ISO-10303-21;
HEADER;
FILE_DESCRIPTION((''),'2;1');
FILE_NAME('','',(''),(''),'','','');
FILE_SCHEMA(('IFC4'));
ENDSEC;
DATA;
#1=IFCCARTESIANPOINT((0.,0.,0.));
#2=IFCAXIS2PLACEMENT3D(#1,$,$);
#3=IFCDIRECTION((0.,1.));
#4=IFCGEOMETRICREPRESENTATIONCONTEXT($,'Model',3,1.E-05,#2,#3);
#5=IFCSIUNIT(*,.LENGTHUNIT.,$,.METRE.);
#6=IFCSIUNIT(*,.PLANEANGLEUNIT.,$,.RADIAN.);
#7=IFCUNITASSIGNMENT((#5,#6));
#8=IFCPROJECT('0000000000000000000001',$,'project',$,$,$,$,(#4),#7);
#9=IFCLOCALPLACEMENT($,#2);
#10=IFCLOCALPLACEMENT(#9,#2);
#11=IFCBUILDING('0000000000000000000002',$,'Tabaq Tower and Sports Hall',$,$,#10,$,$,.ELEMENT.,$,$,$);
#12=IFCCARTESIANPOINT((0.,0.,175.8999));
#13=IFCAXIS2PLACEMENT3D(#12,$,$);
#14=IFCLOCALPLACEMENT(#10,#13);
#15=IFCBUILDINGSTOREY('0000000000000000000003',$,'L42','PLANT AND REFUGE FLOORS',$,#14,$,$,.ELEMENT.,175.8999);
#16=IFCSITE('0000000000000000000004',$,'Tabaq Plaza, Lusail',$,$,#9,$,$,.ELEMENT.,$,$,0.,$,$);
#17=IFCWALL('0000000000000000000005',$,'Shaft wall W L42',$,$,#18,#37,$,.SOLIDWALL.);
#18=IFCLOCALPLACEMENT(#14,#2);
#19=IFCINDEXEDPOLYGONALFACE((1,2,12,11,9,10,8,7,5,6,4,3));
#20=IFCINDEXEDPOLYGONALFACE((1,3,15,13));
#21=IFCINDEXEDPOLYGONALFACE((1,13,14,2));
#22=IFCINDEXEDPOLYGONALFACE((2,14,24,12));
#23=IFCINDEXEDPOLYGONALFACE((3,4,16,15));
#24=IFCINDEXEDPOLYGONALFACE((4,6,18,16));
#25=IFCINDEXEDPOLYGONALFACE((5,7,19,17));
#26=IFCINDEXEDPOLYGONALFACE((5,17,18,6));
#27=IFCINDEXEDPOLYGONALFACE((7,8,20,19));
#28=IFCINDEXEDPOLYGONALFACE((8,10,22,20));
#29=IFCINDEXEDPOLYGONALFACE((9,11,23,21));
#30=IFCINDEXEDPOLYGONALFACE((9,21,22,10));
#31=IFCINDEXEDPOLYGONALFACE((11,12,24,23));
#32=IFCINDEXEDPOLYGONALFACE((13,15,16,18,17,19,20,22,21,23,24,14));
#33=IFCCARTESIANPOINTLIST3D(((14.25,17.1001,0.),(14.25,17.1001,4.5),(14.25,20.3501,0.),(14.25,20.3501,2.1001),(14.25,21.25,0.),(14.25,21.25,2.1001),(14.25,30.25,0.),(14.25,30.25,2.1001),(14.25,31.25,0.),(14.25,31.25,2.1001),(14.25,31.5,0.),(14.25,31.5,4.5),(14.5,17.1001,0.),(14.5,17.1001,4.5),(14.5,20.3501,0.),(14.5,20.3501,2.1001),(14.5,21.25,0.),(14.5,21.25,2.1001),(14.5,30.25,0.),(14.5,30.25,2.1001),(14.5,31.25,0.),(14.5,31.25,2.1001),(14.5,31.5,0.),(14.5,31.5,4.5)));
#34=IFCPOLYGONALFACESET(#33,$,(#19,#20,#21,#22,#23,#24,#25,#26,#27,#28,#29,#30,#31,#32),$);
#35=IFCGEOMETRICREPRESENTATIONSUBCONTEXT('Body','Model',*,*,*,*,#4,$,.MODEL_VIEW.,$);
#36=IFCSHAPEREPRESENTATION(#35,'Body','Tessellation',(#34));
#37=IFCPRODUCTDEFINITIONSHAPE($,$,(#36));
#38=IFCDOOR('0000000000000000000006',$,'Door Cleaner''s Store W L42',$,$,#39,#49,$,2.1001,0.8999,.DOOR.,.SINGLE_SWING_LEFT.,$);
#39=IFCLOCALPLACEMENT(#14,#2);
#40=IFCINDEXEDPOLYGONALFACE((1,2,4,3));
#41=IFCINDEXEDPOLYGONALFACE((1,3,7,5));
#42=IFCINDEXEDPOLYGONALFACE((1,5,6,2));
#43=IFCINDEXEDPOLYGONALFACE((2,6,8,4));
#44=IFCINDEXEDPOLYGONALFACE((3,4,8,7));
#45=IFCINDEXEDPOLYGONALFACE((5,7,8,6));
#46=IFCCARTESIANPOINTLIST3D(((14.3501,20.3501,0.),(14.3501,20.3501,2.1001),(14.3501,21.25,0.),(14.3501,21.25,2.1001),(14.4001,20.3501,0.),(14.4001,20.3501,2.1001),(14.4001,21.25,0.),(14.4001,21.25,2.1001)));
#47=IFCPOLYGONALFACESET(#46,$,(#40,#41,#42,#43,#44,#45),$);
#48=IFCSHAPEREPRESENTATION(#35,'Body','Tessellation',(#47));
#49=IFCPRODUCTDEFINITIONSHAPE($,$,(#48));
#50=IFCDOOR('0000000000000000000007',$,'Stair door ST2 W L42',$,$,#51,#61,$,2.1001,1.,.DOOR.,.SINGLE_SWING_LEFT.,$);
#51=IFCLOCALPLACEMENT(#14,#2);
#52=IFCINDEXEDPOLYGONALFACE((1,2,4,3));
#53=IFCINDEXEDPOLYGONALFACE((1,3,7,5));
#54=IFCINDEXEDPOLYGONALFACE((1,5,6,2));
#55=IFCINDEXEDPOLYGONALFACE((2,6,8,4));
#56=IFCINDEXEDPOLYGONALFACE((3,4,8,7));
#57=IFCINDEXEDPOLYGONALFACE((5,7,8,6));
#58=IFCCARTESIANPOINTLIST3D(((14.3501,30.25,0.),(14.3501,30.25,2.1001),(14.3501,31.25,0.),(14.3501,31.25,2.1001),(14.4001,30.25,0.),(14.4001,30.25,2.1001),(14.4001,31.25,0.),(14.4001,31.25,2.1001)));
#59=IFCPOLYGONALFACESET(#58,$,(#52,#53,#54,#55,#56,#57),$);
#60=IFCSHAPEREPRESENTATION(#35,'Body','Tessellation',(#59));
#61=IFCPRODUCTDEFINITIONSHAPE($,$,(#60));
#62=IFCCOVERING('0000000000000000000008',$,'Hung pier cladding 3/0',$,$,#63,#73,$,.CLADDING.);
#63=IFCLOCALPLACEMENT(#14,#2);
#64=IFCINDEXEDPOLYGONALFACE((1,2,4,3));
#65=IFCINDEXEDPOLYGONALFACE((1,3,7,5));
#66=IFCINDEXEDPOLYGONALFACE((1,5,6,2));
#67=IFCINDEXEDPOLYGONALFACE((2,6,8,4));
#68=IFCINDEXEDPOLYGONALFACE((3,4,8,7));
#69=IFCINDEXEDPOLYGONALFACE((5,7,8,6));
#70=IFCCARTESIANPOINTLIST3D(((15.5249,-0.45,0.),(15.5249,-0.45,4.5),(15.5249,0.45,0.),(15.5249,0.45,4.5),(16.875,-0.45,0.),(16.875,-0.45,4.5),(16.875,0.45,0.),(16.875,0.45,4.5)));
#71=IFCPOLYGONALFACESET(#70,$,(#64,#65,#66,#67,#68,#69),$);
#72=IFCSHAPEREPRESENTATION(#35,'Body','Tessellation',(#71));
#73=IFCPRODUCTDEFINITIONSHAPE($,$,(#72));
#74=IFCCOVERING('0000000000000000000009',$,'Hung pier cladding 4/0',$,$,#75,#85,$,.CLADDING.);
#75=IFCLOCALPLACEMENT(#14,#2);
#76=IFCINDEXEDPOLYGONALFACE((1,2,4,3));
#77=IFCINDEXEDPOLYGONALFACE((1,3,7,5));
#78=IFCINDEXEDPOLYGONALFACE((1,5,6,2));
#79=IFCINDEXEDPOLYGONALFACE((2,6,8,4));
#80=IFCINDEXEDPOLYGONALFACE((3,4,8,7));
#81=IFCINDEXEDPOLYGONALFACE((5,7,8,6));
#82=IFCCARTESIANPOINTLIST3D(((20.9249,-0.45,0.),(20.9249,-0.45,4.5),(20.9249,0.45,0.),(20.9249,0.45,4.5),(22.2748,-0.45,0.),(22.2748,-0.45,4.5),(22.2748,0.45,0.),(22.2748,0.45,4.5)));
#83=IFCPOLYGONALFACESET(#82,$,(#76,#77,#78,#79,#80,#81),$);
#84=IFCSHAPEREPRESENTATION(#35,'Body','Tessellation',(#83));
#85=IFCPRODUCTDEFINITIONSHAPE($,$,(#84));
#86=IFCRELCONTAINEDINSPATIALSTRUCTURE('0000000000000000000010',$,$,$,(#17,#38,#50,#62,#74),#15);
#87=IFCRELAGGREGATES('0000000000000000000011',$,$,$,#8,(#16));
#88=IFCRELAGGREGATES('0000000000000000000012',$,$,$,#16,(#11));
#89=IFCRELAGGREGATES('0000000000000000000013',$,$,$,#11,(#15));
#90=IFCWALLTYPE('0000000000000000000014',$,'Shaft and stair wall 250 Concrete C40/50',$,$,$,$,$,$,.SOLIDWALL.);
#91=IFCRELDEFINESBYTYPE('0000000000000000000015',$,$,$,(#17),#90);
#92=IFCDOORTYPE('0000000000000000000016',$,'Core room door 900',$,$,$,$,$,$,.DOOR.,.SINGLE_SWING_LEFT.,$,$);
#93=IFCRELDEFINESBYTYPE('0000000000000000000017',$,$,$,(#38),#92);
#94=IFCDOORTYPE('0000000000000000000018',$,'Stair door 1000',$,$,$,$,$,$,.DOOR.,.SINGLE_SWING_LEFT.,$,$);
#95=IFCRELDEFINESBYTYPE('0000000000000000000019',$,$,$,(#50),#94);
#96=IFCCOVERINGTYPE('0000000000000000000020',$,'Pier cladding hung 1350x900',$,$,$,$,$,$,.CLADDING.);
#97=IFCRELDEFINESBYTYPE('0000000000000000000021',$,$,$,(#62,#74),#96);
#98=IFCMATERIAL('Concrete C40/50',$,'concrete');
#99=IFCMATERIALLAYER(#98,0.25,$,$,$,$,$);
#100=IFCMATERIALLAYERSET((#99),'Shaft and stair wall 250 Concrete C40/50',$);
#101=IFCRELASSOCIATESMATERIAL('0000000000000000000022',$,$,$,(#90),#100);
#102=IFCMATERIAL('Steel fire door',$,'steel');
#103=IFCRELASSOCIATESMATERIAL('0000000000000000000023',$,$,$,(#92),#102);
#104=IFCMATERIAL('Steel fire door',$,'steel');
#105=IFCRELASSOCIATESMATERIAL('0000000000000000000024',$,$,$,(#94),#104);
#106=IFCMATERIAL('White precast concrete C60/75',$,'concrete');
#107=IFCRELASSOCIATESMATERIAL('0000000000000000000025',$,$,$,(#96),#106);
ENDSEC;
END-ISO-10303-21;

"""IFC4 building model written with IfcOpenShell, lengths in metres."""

from ifc_helpers import new_model, si_unit, direction, frame, frame_2d, origin, place, context, subcontext, project, spatial, rectangle, extrude, material, layer, layer_set, type_object, element, fill, save


model = new_model("IFC4")

# Units and contexts
model_context = context("Model", 3, precision=1e-05, world=origin(), true_north=direction((0.0, 1.0)))
body_context = subcontext(model_context, "Body", "Model", "MODEL_VIEW")
ifc_project = project(units=[si_unit("LENGTHUNIT", "METRE"), si_unit("PLANEANGLEUNIT", "RADIAN")], contexts=[model_context])

# Site, building, storey
site_placement = place(None, origin())
site = spatial("IfcSite", under=ifc_project, at=site_placement, Name="Tabaq Plaza, Lusail", CompositionType="ELEMENT", RefElevation=0.0)
building_placement = place(site_placement, origin())
building = spatial("IfcBuilding", under=site, at=building_placement, Name="Tabaq Tower and Sports Hall", CompositionType="ELEMENT")
storey_placement = place(building_placement, frame((0.0, 0.0, 175.8999)))
storey = spatial("IfcBuildingStorey", under=building, at=storey_placement, Name="L42", Description="PLANT AND REFUGE FLOORS", CompositionType="ELEMENT", Elevation=175.8999)

# Wall, openings, doors
ifc_material_1 = material(Name="Concrete C40/50", Category="concrete")
ifc_layer_1 = layer(ifc_material_1, 0.25)
ifc_layer_set_1 = layer_set([ifc_layer_1], Name="Shaft and stair wall 250 Concrete C40/50")
wall_type_1 = type_object("IfcWallType", Name="Shaft and stair wall 250 Concrete C40/50", PredefinedType="SOLIDWALL", material=ifc_layer_set_1)
wall_1_placement = place(storey_placement, frame((14.375, 17.1001, 0.0), z_axis=(0.0, 0.0, 1.0), x_axis=(0.0, 1.0, 0.0)))
wall_1 = element("IfcWall", 1, at=wall_1_placement, inside=storey, type_object=wall_type_1, Name="Shaft wall W L42", PredefinedType="SOLIDWALL", context=body_context, shape_type="SweptSolid", body=[
    extrude(rectangle(XDim=14.3999, YDim=0.25, at=frame_2d((7.2, 0.0))), origin(), (0.0, 0.0, 1.0), 4.5),
])
opening_1_placement = place(wall_1_placement, frame((13.1499, 0.0, 0.0)))
opening_1 = element("IfcOpeningElement", 2, at=opening_1_placement, cuts=wall_1, PredefinedType="OPENING", context=body_context, shape_type="SweptSolid", body=[
    extrude(rectangle(XDim=1.0, YDim=2.1001, at=frame_2d((0.5, 1.05))), frame((0.0, 0.125, 0.0), z_axis=(0.0, -1.0, 0.0), x_axis=(1.0, 0.0, 0.0)), (0.0, 0.0, 1.0), 0.25),
])
opening_2_placement = place(wall_1_placement, frame((3.25, 0.0, 0.0)))
opening_2 = element("IfcOpeningElement", 3, at=opening_2_placement, cuts=wall_1, PredefinedType="OPENING", context=body_context, shape_type="SweptSolid", body=[
    extrude(rectangle(XDim=0.8999, YDim=2.1001, at=frame_2d((0.45, 1.05))), frame((0.0, 0.125, 0.0), z_axis=(0.0, -1.0, 0.0), x_axis=(1.0, 0.0, 0.0)), (0.0, 0.0, 1.0), 0.25),
])
ifc_material_2 = material(Name="Steel fire door", Category="steel")
door_type_1 = type_object("IfcDoorType", Name="Core room door 900", OperationType="SINGLE_SWING_LEFT", PredefinedType="DOOR", material=ifc_material_2)
door_1_placement = place(opening_2_placement, origin())
door_1 = element("IfcDoor", 4, at=door_1_placement, inside=storey, type_object=door_type_1, Name="Door Cleaner's Store W L42", OperationType="SINGLE_SWING_LEFT", OverallHeight=2.1001, OverallWidth=0.8999, PredefinedType="DOOR", context=body_context, shape_type="SweptSolid", body=[
    extrude(rectangle(XDim=0.8999, YDim=2.1001, at=frame_2d((0.45, 1.05))), frame((0.0, 0.0249, 0.0), z_axis=(0.0, -1.0, 0.0), x_axis=(1.0, 0.0, 0.0)), (0.0, 0.0, 1.0), 0.05),
])
fill(opening_2, door_1)
ifc_material_3 = material(Name="Steel fire door", Category="steel")
door_type_2 = type_object("IfcDoorType", Name="Stair door 1000", OperationType="SINGLE_SWING_LEFT", PredefinedType="DOOR", material=ifc_material_3)
door_2_placement = place(opening_1_placement, origin())
door_2 = element("IfcDoor", 5, at=door_2_placement, inside=storey, type_object=door_type_2, Name="Stair door ST2 W L42", OperationType="SINGLE_SWING_LEFT", OverallHeight=2.1001, OverallWidth=1.0, PredefinedType="DOOR", context=body_context, shape_type="SweptSolid", body=[
    extrude(rectangle(XDim=1.0, YDim=2.1001, at=frame_2d((0.5, 1.05))), frame((0.0, 0.0249, 0.0), z_axis=(0.0, -1.0, 0.0), x_axis=(1.0, 0.0, 0.0)), (0.0, 0.0, 1.0), 0.05),
])
fill(opening_1, door_2)

# Coverings
ifc_material_4 = material(Name="White precast concrete C60/75", Category="concrete")
covering_type = type_object("IfcCoveringType", Name="Pier cladding hung 1350x900", PredefinedType="CLADDING", material=ifc_material_4)
covering_1_placement = place(storey_placement, frame((15.5249, 0.0, 0.0), z_axis=(0.0, 0.0, 1.0), x_axis=(1.0, 0.0, 0.0)))
element("IfcCovering", 6, at=covering_1_placement, inside=storey, type_object=covering_type, Name="Hung pier cladding 3/0", PredefinedType="CLADDING", context=body_context, shape_type="SweptSolid", body=[
    extrude(rectangle(XDim=1.3501, YDim=0.8999, at=frame_2d((0.675, 0.0))), origin(), (0.0, 0.0, 1.0), 4.5),
])
covering_2_placement = place(storey_placement, frame((20.925, 0.0, 0.0), z_axis=(0.0, 0.0, 1.0), x_axis=(1.0, 0.0, 0.0)))
element("IfcCovering", 7, at=covering_2_placement, inside=storey, type_object=covering_type, Name="Hung pier cladding 4/0", PredefinedType="CLADDING", context=body_context, shape_type="SweptSolid", body=[
    extrude(rectangle(XDim=1.3499, YDim=0.8999, at=frame_2d((0.6748, 0.0))), origin(), (0.0, 0.0, 1.0), 4.5),
])

save(model, "model.ifc")
